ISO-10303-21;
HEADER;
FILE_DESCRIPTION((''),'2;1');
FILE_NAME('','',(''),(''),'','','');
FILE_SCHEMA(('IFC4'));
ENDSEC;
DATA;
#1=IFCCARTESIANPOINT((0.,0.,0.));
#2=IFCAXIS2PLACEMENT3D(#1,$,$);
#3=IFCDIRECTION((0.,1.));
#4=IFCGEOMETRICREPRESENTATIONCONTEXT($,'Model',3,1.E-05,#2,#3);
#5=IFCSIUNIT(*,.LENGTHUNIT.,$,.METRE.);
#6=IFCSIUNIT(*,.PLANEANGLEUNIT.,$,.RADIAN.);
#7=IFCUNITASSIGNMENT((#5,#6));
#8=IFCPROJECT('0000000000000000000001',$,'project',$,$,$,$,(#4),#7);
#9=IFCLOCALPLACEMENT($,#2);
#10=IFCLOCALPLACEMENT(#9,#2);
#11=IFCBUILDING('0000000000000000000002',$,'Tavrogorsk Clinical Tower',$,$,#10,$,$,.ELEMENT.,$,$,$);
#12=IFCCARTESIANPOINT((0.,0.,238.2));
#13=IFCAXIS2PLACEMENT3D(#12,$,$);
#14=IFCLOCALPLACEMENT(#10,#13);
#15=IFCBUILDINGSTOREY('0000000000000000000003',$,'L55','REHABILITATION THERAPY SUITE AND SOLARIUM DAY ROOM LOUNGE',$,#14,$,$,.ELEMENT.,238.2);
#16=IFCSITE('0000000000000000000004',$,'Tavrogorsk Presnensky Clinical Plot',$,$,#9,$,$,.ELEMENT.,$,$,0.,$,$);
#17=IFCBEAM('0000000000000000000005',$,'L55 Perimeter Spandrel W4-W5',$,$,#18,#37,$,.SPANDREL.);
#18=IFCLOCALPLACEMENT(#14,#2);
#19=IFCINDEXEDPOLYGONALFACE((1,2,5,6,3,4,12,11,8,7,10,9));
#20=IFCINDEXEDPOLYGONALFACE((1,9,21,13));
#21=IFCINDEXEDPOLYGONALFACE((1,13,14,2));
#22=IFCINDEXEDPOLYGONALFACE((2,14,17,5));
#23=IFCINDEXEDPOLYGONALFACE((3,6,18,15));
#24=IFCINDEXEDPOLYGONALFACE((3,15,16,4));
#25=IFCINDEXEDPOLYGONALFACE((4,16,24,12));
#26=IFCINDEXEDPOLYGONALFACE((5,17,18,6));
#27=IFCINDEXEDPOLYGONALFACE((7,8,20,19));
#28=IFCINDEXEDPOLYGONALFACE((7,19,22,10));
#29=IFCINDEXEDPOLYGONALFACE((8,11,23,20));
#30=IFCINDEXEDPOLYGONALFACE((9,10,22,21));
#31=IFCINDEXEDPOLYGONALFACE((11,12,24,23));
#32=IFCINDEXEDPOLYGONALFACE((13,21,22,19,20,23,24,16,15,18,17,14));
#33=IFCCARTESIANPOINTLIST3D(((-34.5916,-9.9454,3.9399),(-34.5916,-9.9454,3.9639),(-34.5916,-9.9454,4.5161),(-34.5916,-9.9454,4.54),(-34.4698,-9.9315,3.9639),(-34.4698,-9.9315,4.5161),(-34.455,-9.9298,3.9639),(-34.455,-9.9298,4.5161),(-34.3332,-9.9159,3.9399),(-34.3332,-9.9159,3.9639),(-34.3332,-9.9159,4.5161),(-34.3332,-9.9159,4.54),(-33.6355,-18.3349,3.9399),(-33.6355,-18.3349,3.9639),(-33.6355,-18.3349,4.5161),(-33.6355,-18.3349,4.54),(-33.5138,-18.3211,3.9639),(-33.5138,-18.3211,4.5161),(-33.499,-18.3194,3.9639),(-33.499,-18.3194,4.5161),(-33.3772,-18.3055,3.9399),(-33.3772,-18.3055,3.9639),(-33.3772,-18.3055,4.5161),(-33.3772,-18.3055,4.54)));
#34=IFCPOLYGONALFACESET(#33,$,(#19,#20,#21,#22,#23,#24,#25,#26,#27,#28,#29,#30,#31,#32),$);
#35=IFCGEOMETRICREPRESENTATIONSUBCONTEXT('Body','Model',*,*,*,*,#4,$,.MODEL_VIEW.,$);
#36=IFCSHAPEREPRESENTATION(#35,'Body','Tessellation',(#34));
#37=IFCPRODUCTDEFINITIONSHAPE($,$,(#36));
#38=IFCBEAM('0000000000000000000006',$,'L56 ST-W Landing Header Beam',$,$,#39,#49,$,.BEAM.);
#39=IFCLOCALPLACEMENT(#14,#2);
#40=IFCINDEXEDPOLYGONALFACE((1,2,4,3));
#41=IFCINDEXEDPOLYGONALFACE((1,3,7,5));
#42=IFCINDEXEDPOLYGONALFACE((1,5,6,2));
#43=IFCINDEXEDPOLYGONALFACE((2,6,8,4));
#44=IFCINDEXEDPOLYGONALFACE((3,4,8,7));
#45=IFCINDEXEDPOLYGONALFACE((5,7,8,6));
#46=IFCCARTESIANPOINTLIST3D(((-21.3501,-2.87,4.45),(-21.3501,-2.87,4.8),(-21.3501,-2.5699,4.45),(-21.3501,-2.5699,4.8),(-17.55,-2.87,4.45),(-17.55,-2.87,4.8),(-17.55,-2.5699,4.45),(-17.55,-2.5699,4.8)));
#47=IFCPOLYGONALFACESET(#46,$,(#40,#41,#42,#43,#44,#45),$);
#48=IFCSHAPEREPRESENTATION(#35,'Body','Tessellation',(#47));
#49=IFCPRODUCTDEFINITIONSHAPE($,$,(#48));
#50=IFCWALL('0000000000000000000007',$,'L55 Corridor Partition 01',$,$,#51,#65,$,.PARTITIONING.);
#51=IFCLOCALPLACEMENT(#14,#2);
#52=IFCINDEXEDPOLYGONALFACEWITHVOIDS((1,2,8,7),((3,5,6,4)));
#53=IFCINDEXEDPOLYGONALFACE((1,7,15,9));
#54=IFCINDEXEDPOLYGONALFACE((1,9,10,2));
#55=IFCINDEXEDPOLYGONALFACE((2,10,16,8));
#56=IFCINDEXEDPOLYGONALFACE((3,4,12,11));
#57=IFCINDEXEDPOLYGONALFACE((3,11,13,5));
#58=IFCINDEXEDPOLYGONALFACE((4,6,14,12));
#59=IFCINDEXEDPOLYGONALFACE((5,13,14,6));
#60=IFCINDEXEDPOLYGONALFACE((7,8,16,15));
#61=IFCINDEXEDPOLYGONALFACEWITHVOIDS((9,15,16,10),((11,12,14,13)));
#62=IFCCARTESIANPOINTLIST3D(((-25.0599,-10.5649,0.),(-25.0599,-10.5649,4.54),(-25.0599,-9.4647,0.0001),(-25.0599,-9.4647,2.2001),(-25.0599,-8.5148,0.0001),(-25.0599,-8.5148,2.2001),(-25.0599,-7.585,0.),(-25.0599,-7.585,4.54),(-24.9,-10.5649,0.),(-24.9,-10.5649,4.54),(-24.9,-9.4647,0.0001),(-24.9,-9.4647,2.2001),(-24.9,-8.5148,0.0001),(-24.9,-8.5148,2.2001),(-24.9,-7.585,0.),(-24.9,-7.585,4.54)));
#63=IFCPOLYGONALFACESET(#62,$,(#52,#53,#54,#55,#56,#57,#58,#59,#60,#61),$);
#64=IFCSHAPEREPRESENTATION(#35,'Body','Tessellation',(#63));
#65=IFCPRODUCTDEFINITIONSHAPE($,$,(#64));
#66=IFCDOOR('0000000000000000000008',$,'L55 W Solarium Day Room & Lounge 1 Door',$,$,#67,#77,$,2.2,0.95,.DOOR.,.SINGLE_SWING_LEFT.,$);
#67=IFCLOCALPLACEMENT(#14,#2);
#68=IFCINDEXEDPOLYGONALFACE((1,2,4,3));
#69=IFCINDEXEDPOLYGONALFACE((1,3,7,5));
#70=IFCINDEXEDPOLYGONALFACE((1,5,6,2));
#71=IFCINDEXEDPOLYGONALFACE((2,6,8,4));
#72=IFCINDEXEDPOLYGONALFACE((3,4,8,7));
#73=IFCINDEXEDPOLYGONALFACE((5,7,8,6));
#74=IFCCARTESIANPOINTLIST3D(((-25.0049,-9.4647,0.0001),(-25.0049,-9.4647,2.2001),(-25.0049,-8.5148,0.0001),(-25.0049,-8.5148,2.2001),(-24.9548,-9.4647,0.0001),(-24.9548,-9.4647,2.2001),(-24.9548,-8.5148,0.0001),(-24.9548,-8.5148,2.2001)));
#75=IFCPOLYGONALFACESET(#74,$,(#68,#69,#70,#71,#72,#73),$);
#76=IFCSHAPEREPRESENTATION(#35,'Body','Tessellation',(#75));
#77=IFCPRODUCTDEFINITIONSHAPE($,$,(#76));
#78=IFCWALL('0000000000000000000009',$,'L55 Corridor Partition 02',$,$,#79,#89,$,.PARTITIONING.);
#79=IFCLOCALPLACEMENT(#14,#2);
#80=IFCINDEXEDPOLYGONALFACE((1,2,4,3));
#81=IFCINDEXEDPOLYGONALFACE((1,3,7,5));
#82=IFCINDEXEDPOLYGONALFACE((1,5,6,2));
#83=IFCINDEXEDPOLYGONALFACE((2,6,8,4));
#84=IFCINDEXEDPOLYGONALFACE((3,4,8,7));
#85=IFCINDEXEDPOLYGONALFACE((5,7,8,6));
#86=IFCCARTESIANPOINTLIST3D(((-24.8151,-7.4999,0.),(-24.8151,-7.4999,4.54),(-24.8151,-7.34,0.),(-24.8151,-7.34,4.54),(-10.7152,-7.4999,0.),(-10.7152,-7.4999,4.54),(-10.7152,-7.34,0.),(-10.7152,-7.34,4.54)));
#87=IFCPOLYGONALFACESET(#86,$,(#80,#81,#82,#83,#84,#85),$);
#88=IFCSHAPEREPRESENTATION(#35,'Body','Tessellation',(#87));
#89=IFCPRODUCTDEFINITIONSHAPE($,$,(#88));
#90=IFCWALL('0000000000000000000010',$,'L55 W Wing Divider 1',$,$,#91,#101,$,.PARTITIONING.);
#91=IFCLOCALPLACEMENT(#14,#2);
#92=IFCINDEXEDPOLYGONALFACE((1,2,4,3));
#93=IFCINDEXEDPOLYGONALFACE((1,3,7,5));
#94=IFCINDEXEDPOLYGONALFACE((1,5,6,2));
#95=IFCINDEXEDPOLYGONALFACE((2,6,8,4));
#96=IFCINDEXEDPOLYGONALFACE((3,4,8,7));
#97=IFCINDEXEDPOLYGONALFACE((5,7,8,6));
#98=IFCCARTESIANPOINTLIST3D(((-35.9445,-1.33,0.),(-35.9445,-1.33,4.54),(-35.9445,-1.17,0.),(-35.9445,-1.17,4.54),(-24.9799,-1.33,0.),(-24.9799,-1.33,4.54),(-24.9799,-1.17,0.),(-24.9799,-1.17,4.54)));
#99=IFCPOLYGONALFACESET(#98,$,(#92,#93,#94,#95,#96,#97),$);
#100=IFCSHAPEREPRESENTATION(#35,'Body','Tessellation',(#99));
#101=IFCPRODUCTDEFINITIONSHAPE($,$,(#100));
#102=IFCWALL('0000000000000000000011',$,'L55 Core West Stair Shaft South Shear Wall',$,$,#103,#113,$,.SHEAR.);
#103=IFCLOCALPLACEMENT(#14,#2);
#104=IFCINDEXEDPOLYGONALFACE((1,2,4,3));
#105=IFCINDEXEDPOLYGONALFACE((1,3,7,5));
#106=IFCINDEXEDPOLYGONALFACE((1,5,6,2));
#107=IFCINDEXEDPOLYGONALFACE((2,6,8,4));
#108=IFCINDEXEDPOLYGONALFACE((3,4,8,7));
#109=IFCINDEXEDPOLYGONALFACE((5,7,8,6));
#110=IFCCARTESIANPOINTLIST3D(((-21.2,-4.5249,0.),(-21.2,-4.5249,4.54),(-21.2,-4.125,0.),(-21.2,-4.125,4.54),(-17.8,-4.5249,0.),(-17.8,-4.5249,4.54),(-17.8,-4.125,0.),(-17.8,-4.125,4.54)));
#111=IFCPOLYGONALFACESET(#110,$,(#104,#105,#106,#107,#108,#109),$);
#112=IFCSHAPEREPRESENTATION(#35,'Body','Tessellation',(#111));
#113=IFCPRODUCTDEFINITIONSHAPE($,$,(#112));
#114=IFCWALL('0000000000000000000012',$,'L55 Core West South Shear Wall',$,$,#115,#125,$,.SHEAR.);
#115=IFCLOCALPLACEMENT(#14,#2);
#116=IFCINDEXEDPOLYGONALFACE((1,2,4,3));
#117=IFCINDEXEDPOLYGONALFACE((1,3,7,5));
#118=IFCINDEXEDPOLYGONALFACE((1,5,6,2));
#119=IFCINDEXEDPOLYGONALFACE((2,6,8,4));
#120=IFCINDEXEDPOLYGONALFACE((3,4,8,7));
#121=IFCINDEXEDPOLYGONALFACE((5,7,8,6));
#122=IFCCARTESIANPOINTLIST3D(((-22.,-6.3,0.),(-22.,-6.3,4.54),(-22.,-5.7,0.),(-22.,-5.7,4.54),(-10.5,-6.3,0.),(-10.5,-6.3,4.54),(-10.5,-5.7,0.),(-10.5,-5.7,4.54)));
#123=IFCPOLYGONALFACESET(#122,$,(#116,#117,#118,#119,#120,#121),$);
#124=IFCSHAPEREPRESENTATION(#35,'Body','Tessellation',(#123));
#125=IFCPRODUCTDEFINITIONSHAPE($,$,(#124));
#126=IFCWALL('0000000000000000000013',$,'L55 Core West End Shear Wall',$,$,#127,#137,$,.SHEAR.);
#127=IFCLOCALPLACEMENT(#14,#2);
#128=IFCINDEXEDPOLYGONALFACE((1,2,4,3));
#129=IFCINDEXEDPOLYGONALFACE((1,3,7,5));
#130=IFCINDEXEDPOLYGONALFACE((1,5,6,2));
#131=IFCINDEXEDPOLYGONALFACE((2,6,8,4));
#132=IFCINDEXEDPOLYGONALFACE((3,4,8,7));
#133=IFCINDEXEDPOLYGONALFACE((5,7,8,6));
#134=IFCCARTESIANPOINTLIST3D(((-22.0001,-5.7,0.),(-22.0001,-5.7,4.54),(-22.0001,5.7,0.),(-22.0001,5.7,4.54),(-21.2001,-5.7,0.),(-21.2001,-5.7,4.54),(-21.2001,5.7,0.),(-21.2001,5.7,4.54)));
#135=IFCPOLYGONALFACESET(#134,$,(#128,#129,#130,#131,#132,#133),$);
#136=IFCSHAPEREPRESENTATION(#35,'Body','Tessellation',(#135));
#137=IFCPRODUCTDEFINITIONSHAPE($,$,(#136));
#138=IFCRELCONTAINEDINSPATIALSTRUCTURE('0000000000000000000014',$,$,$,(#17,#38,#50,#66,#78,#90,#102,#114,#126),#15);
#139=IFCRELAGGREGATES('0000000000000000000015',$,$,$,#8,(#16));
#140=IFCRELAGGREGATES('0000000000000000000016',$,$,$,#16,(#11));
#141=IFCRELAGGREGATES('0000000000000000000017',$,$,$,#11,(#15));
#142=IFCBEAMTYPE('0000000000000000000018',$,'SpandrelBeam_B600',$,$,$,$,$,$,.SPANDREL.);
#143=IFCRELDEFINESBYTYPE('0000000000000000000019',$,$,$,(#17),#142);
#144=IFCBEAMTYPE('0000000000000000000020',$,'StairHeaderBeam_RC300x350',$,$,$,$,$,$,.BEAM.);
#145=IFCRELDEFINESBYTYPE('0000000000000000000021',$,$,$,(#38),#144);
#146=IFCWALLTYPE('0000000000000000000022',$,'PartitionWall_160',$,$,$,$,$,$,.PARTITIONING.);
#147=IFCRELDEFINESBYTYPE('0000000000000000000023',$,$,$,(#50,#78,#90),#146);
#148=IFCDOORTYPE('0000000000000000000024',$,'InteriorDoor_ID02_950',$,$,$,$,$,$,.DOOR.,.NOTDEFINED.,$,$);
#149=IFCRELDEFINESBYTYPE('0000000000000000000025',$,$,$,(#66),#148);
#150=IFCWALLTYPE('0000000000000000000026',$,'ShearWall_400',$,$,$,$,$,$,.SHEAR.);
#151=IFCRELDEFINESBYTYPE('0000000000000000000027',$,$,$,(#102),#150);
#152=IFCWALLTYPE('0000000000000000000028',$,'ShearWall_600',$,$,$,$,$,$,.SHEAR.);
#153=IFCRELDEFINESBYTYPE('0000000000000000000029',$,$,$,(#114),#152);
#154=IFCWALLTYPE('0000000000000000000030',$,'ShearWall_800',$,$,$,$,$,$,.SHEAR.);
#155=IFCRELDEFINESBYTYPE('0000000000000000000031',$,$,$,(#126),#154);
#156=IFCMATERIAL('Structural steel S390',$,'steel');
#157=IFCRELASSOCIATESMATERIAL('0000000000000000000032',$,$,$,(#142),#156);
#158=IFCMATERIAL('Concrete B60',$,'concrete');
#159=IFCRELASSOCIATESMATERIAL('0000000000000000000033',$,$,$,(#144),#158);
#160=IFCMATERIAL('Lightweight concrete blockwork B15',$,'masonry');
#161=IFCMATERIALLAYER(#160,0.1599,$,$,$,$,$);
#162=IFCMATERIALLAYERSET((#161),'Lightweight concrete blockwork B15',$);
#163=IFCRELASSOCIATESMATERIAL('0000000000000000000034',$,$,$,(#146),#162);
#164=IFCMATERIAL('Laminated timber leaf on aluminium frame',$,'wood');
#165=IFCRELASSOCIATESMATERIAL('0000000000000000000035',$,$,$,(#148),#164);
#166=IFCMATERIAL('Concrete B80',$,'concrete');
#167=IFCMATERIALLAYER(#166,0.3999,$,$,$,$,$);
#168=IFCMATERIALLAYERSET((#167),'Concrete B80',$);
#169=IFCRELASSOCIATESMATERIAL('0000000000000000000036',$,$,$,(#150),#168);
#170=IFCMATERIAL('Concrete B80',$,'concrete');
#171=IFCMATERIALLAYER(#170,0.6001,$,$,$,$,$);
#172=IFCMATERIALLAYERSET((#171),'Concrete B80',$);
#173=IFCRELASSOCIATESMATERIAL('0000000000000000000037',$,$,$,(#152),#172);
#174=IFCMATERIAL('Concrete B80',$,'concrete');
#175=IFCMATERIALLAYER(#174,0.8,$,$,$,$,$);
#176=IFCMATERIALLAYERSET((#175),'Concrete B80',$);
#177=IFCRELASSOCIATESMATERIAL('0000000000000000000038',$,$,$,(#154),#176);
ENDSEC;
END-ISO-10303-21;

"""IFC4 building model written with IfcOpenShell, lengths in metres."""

from ifc_helpers import new_model, si_unit, direction, frame, frame_2d, origin, origin_2d, place, context, subcontext, project, spatial, rectangle, i_section, extrude, material, layer, layer_set, material_profile, profile_set, type_object, element, fill, save


model = new_model("IFC4")

# Units and contexts
model_context = context("Model", 3, precision=1e-05, world=origin(), true_north=direction((0.0, 1.0)))
body_context = subcontext(model_context, "Body", "Model", "MODEL_VIEW")
ifc_project = project(units=[si_unit("LENGTHUNIT", "METRE"), si_unit("PLANEANGLEUNIT", "RADIAN")], contexts=[model_context])

# Site, building, storey
site_placement = place(None, origin())
site = spatial("IfcSite", under=ifc_project, at=site_placement, Name="Tavrogorsk Presnensky Clinical Plot", CompositionType="ELEMENT", RefElevation=0.0)
building_placement = place(site_placement, origin())
building = spatial("IfcBuilding", under=site, at=building_placement, Name="Tavrogorsk Clinical Tower", CompositionType="ELEMENT")
storey_placement = place(building_placement, frame((0.0, 0.0, 238.2)))
storey = spatial("IfcBuildingStorey", under=building, at=storey_placement, Name="L55", Description="REHABILITATION THERAPY SUITE AND SOLARIUM DAY ROOM LOUNGE", CompositionType="ELEMENT", Elevation=238.2)

# Beams
ifc_material_1 = material(Name="Structural steel S390", Category="steel")
ifc_material_profile_1 = material_profile(ifc_material_1, i_section(OverallWidth=0.26, OverallDepth=0.6001, WebThickness=0.0149, FlangeThickness=0.0239, at=origin_2d()), Name="B-600x260x15x24")
ifc_profile_set_1 = profile_set([ifc_material_profile_1], Name="Structural steel S390")
beam_type_1 = type_object("IfcBeamType", Name="SpandrelBeam_B600", PredefinedType="SPANDREL", material=ifc_profile_set_1)
for number, where, z_axis, x_axis, name in (
    (1, (-34.4624, -9.9307, 4.24), (0.113224, -0.99357, 0.0), (0.99357, 0.113224, 0.0), "L55 Perimeter Spandrel W4-W5"),
):
    element("IfcBeam", number, at=place(storey_placement, frame(where, z_axis=z_axis, x_axis=x_axis)), inside=storey, type_object=beam_type_1, Name=name, PredefinedType="SPANDREL", context=body_context, shape_type="SweptSolid", body=[
        extrude(i_section(OverallWidth=0.26, OverallDepth=0.6001, WebThickness=0.0149, FlangeThickness=0.0239, at=origin_2d()), origin(), (0.0, 0.0, 1.0), 8.4438),
    ])
ifc_material_2 = material(Name="Concrete B60", Category="concrete")
ifc_material_profile_2 = material_profile(ifc_material_2, rectangle(XDim=0.3, YDim=0.3501, at=origin_2d()), Name="RC-SHB-300x350")
ifc_profile_set_2 = profile_set([ifc_material_profile_2], Name="Concrete B60")
beam_type_2 = type_object("IfcBeamType", Name="StairHeaderBeam_RC300x350", PredefinedType="BEAM", material=ifc_profile_set_2)
beam_1_placement = place(storey_placement, frame((-21.3501, -2.72, 4.625), z_axis=(1.0, 0.0, 0.0), x_axis=(0.0, 1.0, 0.0)))
element("IfcBeam", 2, at=beam_1_placement, inside=storey, type_object=beam_type_2, Name="L56 ST-W Landing Header Beam", PredefinedType="BEAM", context=body_context, shape_type="SweptSolid", body=[
    extrude(rectangle(XDim=0.3, YDim=0.3501, at=origin_2d()), origin(), (0.0, 0.0, 1.0), 3.8),
])

# Wall, opening, door
ifc_material_3 = material(Name="Lightweight concrete blockwork B15", Category="masonry")
ifc_layer_1 = layer(ifc_material_3, 0.1599)
ifc_layer_set_1 = layer_set([ifc_layer_1], Name="Lightweight concrete blockwork B15")
wall_type_1 = type_object("IfcWallType", Name="PartitionWall_160", PredefinedType="PARTITIONING", material=ifc_layer_set_1)
wall_1_placement = place(storey_placement, frame((-24.98, -10.5649, 0.0), z_axis=(0.0, 0.0, 1.0), x_axis=(0.0, 1.0, 0.0)))
wall_1 = element("IfcWall", 3, at=wall_1_placement, inside=storey, type_object=wall_type_1, Name="L55 Corridor Partition 01", PredefinedType="PARTITIONING", context=body_context, shape_type="SweptSolid", body=[
    extrude(rectangle(XDim=2.98, YDim=0.1599, at=frame_2d((1.49, 0.0))), origin(), (0.0, 0.0, 1.0), 4.54),
])
opening_placement = place(wall_1_placement, frame((1.1001, 0.0, 0.0)))
opening = element("IfcOpeningElement", 4, at=opening_placement, cuts=wall_1, PredefinedType="OPENING", context=body_context, shape_type="SweptSolid", body=[
    extrude(rectangle(XDim=0.95, YDim=2.2, at=frame_2d((0.4751, 1.1001))), frame((0.0, 0.0898, 0.0), z_axis=(0.0, -1.0, 0.0), x_axis=(1.0, 0.0, 0.0)), (0.0, 0.0, 1.0), 0.1799),
])
ifc_material_4 = material(Name="Laminated timber leaf on aluminium frame", Category="wood")
door_type = type_object("IfcDoorType", Name="InteriorDoor_ID02_950", OperationType="NOTDEFINED", PredefinedType="DOOR", material=ifc_material_4)
door_placement = place(opening_placement, origin())
door = element("IfcDoor", 5, at=door_placement, inside=storey, type_object=door_type, Name="L55 W Solarium Day Room & Lounge 1 Door", OperationType="SINGLE_SWING_LEFT", OverallHeight=2.2, OverallWidth=0.95, PredefinedType="DOOR", context=body_context, shape_type="SweptSolid", body=[
    extrude(rectangle(XDim=0.95, YDim=2.2, at=frame_2d((0.4751, 1.1001))), frame((0.0, 0.0249, 0.0), z_axis=(0.0, -1.0, 0.0), x_axis=(1.0, 0.0, 0.0)), (0.0, 0.0, 1.0), 0.05),
])
fill(opening, door)

# Walls
wall_2_placement = place(storey_placement, frame((-24.8149, -7.4199, 0.0), z_axis=(0.0, 0.0, 1.0), x_axis=(1.0, 0.0, 0.0)))
element("IfcWall", 6, at=wall_2_placement, inside=storey, type_object=wall_type_1, Name="L55 Corridor Partition 02", PredefinedType="PARTITIONING", context=body_context, shape_type="SweptSolid", body=[
    extrude(rectangle(XDim=14.0999, YDim=0.1599, at=frame_2d((7.0498, 0.0))), origin(), (0.0, 0.0, 1.0), 4.54),
])
wall_3_placement = place(storey_placement, frame((-35.9446, -1.25, 0.0), z_axis=(0.0, 0.0, 1.0), x_axis=(1.0, 0.0, 0.0)))
element("IfcWall", 7, at=wall_3_placement, inside=storey, type_object=wall_type_1, Name="L55 W Wing Divider 1", PredefinedType="PARTITIONING", context=body_context, shape_type="SweptSolid", body=[
    extrude(rectangle(XDim=10.9646, YDim=0.1599, at=frame_2d((5.4824, 0.0))), origin(), (0.0, 0.0, 1.0), 4.54),
])
ifc_material_5 = material(Name="Concrete B80", Category="concrete")
ifc_layer_2 = layer(ifc_material_5, 0.3999)
ifc_layer_set_2 = layer_set([ifc_layer_2], Name="Concrete B80")
wall_type_2 = type_object("IfcWallType", Name="ShearWall_400", PredefinedType="SHEAR", material=ifc_layer_set_2)
wall_4_placement = place(storey_placement, frame((-21.2, -4.325, 0.0), z_axis=(0.0, 0.0, 1.0), x_axis=(1.0, 0.0, 0.0)))
element("IfcWall", 8, at=wall_4_placement, inside=storey, type_object=wall_type_2, Name="L55 Core West Stair Shaft South Shear Wall", PredefinedType="SHEAR", context=body_context, shape_type="SweptSolid", body=[
    extrude(rectangle(XDim=3.3999, YDim=0.3999, at=frame_2d((1.7, 0.0))), origin(), (0.0, 0.0, 1.0), 4.54),
])
ifc_material_6 = material(Name="Concrete B80", Category="concrete")
ifc_layer_3 = layer(ifc_material_6, 0.6001)
ifc_layer_set_3 = layer_set([ifc_layer_3], Name="Concrete B80")
wall_type_3 = type_object("IfcWallType", Name="ShearWall_600", PredefinedType="SHEAR", material=ifc_layer_set_3)
wall_5_placement = place(storey_placement, frame((-22.0, -6.0, 0.0), z_axis=(0.0, 0.0, 1.0), x_axis=(1.0, 0.0, 0.0)))
element("IfcWall", 9, at=wall_5_placement, inside=storey, type_object=wall_type_3, Name="L55 Core West South Shear Wall", PredefinedType="SHEAR", context=body_context, shape_type="SweptSolid", body=[
    extrude(rectangle(XDim=11.5, YDim=0.6001, at=frame_2d((5.75, 0.0))), origin(), (0.0, 0.0, 1.0), 4.54),
])
ifc_material_7 = material(Name="Concrete B80", Category="concrete")
ifc_layer_4 = layer(ifc_material_7, 0.8)
ifc_layer_set_4 = layer_set([ifc_layer_4], Name="Concrete B80")
wall_type_4 = type_object("IfcWallType", Name="ShearWall_800", PredefinedType="SHEAR", material=ifc_layer_set_4)
wall_6_placement = place(storey_placement, frame((-21.6001, -5.7, 0.0), z_axis=(0.0, 0.0, 1.0), x_axis=(0.0, 1.0, 0.0)))
element("IfcWall", 10, at=wall_6_placement, inside=storey, type_object=wall_type_4, Name="L55 Core West End Shear Wall", PredefinedType="SHEAR", context=body_context, shape_type="SweptSolid", body=[
    extrude(rectangle(XDim=11.3999, YDim=0.8, at=frame_2d((5.7, 0.0))), origin(), (0.0, 0.0, 1.0), 4.54),
])

save(model, "model.ifc")
